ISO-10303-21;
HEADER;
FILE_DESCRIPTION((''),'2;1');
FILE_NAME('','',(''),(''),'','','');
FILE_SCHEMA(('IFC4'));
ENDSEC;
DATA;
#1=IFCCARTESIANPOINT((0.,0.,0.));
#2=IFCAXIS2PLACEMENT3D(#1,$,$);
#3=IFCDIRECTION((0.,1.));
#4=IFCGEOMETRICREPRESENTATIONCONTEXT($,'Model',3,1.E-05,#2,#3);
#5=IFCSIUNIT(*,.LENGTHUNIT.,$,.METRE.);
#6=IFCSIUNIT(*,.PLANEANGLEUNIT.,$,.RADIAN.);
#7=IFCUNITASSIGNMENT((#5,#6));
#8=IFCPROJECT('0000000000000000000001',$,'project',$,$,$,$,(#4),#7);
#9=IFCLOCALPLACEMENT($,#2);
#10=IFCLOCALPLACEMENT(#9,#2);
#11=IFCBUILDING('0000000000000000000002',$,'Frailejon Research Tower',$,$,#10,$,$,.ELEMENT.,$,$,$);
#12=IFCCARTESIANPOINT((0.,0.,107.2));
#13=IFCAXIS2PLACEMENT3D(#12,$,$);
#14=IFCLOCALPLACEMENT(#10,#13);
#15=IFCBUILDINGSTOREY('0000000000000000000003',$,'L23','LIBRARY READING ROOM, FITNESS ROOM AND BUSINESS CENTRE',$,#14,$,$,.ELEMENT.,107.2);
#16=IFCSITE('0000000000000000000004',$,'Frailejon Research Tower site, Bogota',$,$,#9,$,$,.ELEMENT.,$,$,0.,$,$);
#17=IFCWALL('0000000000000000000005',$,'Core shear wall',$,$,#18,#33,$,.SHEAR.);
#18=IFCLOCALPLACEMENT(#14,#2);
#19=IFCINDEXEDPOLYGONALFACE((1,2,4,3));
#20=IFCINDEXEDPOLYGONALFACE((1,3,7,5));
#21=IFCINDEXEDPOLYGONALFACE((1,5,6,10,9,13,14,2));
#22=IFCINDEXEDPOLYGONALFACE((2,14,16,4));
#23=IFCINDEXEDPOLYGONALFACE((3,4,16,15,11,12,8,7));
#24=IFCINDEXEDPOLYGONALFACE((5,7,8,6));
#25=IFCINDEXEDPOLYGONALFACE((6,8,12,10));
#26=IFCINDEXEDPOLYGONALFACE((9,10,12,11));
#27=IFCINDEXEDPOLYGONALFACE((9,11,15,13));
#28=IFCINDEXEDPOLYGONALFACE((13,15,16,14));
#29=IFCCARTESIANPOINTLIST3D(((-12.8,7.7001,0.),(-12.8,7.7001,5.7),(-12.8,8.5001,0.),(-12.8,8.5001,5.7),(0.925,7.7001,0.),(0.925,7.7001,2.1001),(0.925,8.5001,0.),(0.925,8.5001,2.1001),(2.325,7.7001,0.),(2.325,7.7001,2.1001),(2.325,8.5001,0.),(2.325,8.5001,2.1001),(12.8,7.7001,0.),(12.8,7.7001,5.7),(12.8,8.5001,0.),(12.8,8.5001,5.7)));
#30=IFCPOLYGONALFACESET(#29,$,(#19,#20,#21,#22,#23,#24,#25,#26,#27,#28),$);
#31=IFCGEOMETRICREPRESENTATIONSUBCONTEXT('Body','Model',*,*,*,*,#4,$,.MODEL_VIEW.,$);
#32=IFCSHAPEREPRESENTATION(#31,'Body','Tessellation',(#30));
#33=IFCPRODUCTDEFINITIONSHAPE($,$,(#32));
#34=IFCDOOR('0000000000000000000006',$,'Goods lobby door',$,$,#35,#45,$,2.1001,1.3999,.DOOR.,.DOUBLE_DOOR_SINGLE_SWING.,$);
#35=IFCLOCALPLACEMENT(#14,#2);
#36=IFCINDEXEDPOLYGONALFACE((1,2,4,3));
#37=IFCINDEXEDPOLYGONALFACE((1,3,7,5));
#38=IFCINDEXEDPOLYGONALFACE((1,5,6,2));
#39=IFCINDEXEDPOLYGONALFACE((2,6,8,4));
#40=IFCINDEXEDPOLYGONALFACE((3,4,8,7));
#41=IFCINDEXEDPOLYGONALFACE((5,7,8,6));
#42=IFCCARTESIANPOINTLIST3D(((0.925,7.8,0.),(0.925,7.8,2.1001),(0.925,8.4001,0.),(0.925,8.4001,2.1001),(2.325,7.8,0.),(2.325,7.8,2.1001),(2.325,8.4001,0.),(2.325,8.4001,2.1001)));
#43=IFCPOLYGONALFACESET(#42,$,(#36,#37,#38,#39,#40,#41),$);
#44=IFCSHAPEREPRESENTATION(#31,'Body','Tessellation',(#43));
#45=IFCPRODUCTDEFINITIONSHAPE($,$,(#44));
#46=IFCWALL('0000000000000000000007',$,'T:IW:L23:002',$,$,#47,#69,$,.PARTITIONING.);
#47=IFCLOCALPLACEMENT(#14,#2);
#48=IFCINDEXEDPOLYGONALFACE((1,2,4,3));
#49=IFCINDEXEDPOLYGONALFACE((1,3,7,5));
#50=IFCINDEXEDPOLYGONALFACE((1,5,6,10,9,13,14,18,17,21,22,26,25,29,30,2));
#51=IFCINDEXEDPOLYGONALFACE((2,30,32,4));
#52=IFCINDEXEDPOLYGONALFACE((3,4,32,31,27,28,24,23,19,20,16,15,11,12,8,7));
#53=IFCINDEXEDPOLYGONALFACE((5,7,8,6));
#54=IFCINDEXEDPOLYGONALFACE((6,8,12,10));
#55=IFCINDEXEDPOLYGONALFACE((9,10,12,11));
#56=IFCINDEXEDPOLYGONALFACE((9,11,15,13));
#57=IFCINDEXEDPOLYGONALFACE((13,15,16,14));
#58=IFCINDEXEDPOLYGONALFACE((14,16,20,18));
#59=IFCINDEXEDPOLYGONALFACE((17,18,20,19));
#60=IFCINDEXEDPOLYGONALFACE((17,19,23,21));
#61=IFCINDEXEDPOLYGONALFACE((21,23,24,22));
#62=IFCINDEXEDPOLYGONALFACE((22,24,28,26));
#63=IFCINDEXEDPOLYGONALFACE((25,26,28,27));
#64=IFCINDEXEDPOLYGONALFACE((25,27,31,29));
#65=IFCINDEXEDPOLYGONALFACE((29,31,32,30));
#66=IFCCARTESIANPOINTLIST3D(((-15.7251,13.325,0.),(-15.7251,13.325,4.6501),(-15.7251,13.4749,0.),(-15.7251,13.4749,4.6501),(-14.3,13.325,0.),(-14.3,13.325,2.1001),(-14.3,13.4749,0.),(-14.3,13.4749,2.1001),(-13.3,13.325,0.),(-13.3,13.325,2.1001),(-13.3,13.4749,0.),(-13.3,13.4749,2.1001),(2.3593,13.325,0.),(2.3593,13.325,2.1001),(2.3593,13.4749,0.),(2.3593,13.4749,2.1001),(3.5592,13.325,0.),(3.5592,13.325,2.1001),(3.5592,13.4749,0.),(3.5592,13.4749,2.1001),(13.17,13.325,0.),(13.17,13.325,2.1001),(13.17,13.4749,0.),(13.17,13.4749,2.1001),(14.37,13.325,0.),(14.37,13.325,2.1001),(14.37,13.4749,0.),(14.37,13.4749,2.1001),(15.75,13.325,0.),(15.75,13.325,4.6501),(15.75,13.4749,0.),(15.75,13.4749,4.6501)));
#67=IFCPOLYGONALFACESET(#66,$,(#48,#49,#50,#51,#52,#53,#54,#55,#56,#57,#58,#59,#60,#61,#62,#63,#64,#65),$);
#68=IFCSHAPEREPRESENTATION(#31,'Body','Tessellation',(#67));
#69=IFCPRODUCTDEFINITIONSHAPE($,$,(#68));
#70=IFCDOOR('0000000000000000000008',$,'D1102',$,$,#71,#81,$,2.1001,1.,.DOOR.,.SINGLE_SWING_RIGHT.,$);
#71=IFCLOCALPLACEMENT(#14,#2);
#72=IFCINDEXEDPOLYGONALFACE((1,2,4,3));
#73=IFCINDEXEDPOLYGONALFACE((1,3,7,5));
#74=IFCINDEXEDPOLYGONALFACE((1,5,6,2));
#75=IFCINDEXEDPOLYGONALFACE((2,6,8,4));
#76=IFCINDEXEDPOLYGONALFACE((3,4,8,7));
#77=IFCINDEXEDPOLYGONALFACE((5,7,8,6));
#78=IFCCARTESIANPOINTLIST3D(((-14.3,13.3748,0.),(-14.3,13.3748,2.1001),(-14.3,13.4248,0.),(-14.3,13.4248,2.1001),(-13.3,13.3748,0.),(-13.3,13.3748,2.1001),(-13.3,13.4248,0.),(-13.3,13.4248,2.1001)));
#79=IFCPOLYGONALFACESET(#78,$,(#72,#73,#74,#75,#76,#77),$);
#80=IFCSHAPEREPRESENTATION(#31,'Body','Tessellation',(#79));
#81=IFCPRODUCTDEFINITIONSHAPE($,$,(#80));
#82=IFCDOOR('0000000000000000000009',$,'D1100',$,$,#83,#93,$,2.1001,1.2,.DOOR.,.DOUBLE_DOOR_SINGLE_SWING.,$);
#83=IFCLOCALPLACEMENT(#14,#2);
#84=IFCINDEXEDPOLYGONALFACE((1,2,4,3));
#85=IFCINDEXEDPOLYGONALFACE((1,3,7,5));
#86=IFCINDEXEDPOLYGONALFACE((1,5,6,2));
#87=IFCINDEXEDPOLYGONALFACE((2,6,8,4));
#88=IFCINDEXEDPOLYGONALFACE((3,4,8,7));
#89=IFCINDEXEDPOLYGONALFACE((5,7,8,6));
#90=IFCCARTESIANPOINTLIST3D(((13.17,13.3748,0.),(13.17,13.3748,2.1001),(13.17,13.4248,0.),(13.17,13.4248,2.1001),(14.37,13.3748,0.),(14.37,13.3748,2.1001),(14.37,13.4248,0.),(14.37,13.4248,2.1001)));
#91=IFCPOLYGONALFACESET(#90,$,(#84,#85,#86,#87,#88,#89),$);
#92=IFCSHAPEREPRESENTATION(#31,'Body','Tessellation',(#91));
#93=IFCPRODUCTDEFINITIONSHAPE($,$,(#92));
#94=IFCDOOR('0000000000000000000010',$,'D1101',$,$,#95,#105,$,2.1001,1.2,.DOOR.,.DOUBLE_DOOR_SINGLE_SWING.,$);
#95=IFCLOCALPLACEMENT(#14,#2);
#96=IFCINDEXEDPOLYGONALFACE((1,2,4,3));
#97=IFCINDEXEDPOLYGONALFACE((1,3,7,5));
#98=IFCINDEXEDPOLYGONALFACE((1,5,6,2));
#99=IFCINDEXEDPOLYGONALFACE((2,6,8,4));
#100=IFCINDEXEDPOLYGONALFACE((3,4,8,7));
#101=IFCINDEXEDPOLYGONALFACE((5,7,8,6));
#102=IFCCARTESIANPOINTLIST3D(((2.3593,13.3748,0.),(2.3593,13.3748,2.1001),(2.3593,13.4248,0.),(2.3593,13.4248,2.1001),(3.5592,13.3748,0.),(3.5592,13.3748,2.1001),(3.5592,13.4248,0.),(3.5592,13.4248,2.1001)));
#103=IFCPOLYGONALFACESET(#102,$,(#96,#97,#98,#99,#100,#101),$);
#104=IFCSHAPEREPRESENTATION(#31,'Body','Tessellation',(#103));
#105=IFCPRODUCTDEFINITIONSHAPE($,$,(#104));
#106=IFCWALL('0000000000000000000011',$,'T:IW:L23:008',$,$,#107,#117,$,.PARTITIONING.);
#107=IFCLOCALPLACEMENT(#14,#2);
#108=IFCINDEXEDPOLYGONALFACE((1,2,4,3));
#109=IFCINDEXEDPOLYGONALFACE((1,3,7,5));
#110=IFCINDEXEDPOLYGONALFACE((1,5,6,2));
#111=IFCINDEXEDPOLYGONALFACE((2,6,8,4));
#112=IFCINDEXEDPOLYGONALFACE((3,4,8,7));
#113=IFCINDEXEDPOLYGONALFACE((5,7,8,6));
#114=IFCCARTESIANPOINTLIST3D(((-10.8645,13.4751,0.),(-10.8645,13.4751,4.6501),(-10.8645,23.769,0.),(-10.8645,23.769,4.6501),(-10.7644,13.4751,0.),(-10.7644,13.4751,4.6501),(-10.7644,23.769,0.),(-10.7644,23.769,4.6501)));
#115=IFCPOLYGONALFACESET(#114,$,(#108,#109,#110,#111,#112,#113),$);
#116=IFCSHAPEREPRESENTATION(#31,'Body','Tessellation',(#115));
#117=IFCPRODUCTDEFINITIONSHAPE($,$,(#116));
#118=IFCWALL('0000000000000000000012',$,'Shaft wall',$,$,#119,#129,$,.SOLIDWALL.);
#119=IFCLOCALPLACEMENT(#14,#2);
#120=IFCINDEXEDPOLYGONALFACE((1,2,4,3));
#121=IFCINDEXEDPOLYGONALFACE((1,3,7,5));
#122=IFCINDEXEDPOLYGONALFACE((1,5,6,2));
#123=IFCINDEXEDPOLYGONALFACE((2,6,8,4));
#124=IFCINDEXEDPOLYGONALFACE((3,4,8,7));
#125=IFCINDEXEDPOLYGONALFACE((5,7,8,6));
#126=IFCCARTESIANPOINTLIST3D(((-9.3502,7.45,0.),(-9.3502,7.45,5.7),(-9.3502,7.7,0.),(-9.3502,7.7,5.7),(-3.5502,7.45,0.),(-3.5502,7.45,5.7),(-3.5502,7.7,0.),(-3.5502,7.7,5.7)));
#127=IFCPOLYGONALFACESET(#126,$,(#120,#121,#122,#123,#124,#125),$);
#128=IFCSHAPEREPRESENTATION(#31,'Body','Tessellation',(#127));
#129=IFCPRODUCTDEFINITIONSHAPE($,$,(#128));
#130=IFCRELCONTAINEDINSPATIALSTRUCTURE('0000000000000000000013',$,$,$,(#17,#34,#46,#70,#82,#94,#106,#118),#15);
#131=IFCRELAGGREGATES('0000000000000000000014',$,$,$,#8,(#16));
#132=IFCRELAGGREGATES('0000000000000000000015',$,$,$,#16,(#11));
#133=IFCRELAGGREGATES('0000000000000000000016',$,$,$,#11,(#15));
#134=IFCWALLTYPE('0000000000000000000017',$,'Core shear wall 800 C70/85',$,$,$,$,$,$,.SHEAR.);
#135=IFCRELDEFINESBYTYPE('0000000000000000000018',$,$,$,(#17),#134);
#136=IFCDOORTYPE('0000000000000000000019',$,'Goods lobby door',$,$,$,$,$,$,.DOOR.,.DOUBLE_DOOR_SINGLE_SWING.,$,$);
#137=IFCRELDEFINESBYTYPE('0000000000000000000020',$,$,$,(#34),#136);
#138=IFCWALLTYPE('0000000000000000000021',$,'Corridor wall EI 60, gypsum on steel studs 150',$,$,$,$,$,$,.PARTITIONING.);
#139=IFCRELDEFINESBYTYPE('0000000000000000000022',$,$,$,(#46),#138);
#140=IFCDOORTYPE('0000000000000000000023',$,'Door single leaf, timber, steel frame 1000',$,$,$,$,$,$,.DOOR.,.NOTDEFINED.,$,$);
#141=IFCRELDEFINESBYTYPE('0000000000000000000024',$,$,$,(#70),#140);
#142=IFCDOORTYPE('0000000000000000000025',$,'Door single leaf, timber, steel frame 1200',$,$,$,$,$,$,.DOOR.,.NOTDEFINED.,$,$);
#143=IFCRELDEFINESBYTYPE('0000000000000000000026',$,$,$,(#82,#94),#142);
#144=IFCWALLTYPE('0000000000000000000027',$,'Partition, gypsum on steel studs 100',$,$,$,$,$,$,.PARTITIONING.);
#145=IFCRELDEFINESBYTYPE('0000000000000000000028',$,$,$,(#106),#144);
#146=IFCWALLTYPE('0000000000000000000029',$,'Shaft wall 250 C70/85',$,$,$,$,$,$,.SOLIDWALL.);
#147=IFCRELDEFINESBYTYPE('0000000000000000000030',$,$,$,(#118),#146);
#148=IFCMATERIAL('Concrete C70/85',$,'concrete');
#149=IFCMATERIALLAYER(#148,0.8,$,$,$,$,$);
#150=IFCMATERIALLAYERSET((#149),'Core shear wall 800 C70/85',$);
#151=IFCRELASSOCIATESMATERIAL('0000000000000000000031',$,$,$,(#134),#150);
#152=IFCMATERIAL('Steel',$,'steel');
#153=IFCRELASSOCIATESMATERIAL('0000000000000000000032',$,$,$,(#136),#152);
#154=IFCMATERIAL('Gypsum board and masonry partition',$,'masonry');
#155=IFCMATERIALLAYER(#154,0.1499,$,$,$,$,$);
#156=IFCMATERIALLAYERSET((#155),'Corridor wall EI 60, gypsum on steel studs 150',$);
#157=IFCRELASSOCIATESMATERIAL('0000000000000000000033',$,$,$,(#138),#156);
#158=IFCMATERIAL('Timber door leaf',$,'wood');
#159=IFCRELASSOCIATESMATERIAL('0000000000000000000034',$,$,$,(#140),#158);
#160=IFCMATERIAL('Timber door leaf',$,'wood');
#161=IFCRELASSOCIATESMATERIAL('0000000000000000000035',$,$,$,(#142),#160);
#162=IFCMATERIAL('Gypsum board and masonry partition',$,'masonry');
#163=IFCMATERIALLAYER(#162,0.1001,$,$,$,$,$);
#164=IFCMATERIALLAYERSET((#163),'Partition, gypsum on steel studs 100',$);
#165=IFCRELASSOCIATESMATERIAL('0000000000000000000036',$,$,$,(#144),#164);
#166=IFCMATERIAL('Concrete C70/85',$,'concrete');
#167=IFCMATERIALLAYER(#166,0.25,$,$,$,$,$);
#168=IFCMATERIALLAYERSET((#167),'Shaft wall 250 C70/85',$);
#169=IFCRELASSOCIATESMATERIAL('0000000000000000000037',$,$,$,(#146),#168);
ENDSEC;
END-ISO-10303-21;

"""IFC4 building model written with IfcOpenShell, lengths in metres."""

from ifc_helpers import new_model, si_unit, direction, frame, frame_2d, origin, place, context, subcontext, project, spatial, rectangle, extrude, material, layer, layer_set, type_object, element, fill, save


model = new_model("IFC4")

# Units and contexts
model_context = context("Model", 3, precision=1e-05, world=origin(), true_north=direction((0.0, 1.0)))
body_context = subcontext(model_context, "Body", "Model", "MODEL_VIEW")
ifc_project = project(units=[si_unit("LENGTHUNIT", "METRE"), si_unit("PLANEANGLEUNIT", "RADIAN")], contexts=[model_context])

# Site, building, storey
site_placement = place(None, origin())
site = spatial("IfcSite", under=ifc_project, at=site_placement, Name="Frailejon Research Tower site, Bogota", CompositionType="ELEMENT", RefElevation=0.0)
building_placement = place(site_placement, origin())
building = spatial("IfcBuilding", under=site, at=building_placement, Name="Frailejon Research Tower", CompositionType="ELEMENT")
storey_placement = place(building_placement, frame((0.0, 0.0, 107.2)))
storey = spatial("IfcBuildingStorey", under=building, at=storey_placement, Name="L23", Description="LIBRARY READING ROOM, FITNESS ROOM AND BUSINESS CENTRE", CompositionType="ELEMENT", Elevation=107.2)

# Shared definitions
ifc_material_1 = material(Name="Concrete C70/85", Category="concrete")
ifc_layer_1 = layer(ifc_material_1, 0.8)
ifc_layer_set_1 = layer_set([ifc_layer_1], Name="Core shear wall 800 C70/85")
wall_type_1 = type_object("IfcWallType", Name="Core shear wall 800 C70/85", PredefinedType="SHEAR", material=ifc_layer_set_1)
ifc_material_2 = material(Name="Steel", Category="steel")
door_type_1 = type_object("IfcDoorType", Name="Goods lobby door", OperationType="DOUBLE_DOOR_SINGLE_SWING", PredefinedType="DOOR", material=ifc_material_2)

# Wall, opening, door
wall_1_placement = place(storey_placement, frame((-12.8, 8.1001, 0.0), z_axis=(0.0, 0.0, 1.0), x_axis=(1.0, 0.0, 0.0)))
wall_1 = element("IfcWall", 1, at=wall_1_placement, inside=storey, type_object=wall_type_1, Name="Core shear wall", PredefinedType="SHEAR", context=body_context, shape_type="SweptSolid", body=[
    extrude(rectangle(XDim=25.6001, YDim=0.8, at=frame_2d((12.8, 0.0))), origin(), (0.0, 0.0, 1.0), 5.7),
])
opening_1_placement = place(wall_1_placement, frame((13.7251, 0.0, 0.0)))
opening_1 = element("IfcOpeningElement", 2, at=opening_1_placement, cuts=wall_1, PredefinedType="OPENING", context=body_context, shape_type="SweptSolid", body=[
    extrude(rectangle(XDim=1.3999, YDim=2.1001, at=frame_2d((0.7, 1.05))), frame((0.0, 0.4099, 0.0), z_axis=(0.0, -1.0, 0.0), x_axis=(1.0, 0.0, 0.0)), (0.0, 0.0, 1.0), 0.8201),
])
door_1_placement = place(opening_1_placement, origin())
door_1 = element("IfcDoor", 3, at=door_1_placement, inside=storey, type_object=door_type_1, Name="Goods lobby door", OperationType="DOUBLE_DOOR_SINGLE_SWING", OverallHeight=2.1001, OverallWidth=1.3999, PredefinedType="DOOR", context=body_context, shape_type="SweptSolid", body=[
    extrude(rectangle(XDim=1.3999, YDim=2.1001, at=frame_2d((0.7, 1.05))), frame((0.0, 0.3, 0.0), z_axis=(0.0, -1.0, 0.0), x_axis=(1.0, 0.0, 0.0)), (0.0, 0.0, 1.0), 0.6001),
])
fill(opening_1, door_1)

# Wall, openings, doors
ifc_material_3 = material(Name="Gypsum board and masonry partition", Category="masonry")
ifc_layer_2 = layer(ifc_material_3, 0.1499)
ifc_layer_set_2 = layer_set([ifc_layer_2], Name="Corridor wall EI 60, gypsum on steel studs 150")
wall_type_2 = type_object("IfcWallType", Name="Corridor wall EI 60, gypsum on steel studs 150", PredefinedType="PARTITIONING", material=ifc_layer_set_2)
wall_2_placement = place(storey_placement, frame((-15.7251, 13.3999, 0.0), z_axis=(0.0, 0.0, 1.0), x_axis=(1.0, 0.0, 0.0)))
wall_2 = element("IfcWall", 4, at=wall_2_placement, inside=storey, type_object=wall_type_2, Name="T:IW:L23:002", PredefinedType="PARTITIONING", context=body_context, shape_type="SweptSolid", body=[
    extrude(rectangle(XDim=31.4751, YDim=0.1499, at=frame_2d((15.7375, 0.0))), origin(), (0.0, 0.0, 1.0), 4.6501),
])
opening_2_placement = place(wall_2_placement, frame((28.895, 0.0, 0.0)))
opening_2 = element("IfcOpeningElement", 5, at=opening_2_placement, cuts=wall_2, PredefinedType="OPENING", context=body_context, shape_type="SweptSolid", body=[
    extrude(rectangle(XDim=1.2, YDim=2.1001, at=frame_2d((0.6001, 1.05))), frame((0.0, 0.085, 0.0), z_axis=(0.0, -1.0, 0.0), x_axis=(1.0, 0.0, 0.0)), (0.0, 0.0, 1.0), 0.1699),
])
opening_3_placement = place(wall_2_placement, frame((18.0842, 0.0, 0.0)))
opening_3 = element("IfcOpeningElement", 6, at=opening_3_placement, cuts=wall_2, PredefinedType="OPENING", context=body_context, shape_type="SweptSolid", body=[
    extrude(rectangle(XDim=1.2, YDim=2.1001, at=frame_2d((0.6001, 1.05))), frame((0.0, 0.085, 0.0), z_axis=(0.0, -1.0, 0.0), x_axis=(1.0, 0.0, 0.0)), (0.0, 0.0, 1.0), 0.1699),
])
opening_4_placement = place(wall_2_placement, frame((1.425, 0.0, 0.0)))
opening_4 = element("IfcOpeningElement", 7, at=opening_4_placement, cuts=wall_2, PredefinedType="OPENING", context=body_context, shape_type="SweptSolid", body=[
    extrude(rectangle(XDim=1.0, YDim=2.1001, at=frame_2d((0.5, 1.05))), frame((0.0, 0.085, 0.0), z_axis=(0.0, -1.0, 0.0), x_axis=(1.0, 0.0, 0.0)), (0.0, 0.0, 1.0), 0.1699),
])
ifc_material_4 = material(Name="Timber door leaf", Category="wood")
door_type_2 = type_object("IfcDoorType", Name="Door single leaf, timber, steel frame 1000", OperationType="NOTDEFINED", PredefinedType="DOOR", material=ifc_material_4)
door_2_placement = place(opening_4_placement, origin())
door_2 = element("IfcDoor", 8, at=door_2_placement, inside=storey, type_object=door_type_2, Name="D1102", OperationType="SINGLE_SWING_RIGHT", OverallHeight=2.1001, OverallWidth=1.0, PredefinedType="DOOR", context=body_context, shape_type="SweptSolid", body=[
    extrude(rectangle(XDim=1.0, YDim=2.1001, at=frame_2d((0.5, 1.05))), frame((0.0, 0.0249, 0.0), z_axis=(0.0, -1.0, 0.0), x_axis=(1.0, 0.0, 0.0)), (0.0, 0.0, 1.0), 0.05),
])
fill(opening_4, door_2)
ifc_material_5 = material(Name="Timber door leaf", Category="wood")
door_type_3 = type_object("IfcDoorType", Name="Door single leaf, timber, steel frame 1200", OperationType="NOTDEFINED", PredefinedType="DOOR", material=ifc_material_5)
door_3_placement = place(opening_2_placement, origin())
door_3 = element("IfcDoor", 9, at=door_3_placement, inside=storey, type_object=door_type_3, Name="D1100", OperationType="DOUBLE_DOOR_SINGLE_SWING", OverallHeight=2.1001, OverallWidth=1.2, PredefinedType="DOOR", context=body_context, shape_type="SweptSolid", body=[
    extrude(rectangle(XDim=1.2, YDim=2.1001, at=frame_2d((0.6001, 1.05))), frame((0.0, 0.0249, 0.0), z_axis=(0.0, -1.0, 0.0), x_axis=(1.0, 0.0, 0.0)), (0.0, 0.0, 1.0), 0.05),
])
fill(opening_2, door_3)
door_4_placement = place(opening_3_placement, origin())
door_4 = element("IfcDoor", 10, at=door_4_placement, inside=storey, type_object=door_type_3, Name="D1101", OperationType="DOUBLE_DOOR_SINGLE_SWING", OverallHeight=2.1001, OverallWidth=1.2, PredefinedType="DOOR", context=body_context, shape_type="SweptSolid", body=[
    extrude(rectangle(XDim=1.2, YDim=2.1001, at=frame_2d((0.6001, 1.05))), frame((0.0, 0.0249, 0.0), z_axis=(0.0, -1.0, 0.0), x_axis=(1.0, 0.0, 0.0)), (0.0, 0.0, 1.0), 0.05),
])
fill(opening_3, door_4)

# Walls
ifc_material_6 = material(Name="Gypsum board and masonry partition", Category="masonry")
ifc_layer_3 = layer(ifc_material_6, 0.1001)
ifc_layer_set_3 = layer_set([ifc_layer_3], Name="Partition, gypsum on steel studs 100")
wall_type_3 = type_object("IfcWallType", Name="Partition, gypsum on steel studs 100", PredefinedType="PARTITIONING", material=ifc_layer_set_3)
wall_3_placement = place(storey_placement, frame((-10.8145, 13.4751, 0.0), z_axis=(0.0, 0.0, 1.0), x_axis=(0.0, 1.0, 0.0)))
element("IfcWall", 11, at=wall_3_placement, inside=storey, type_object=wall_type_3, Name="T:IW:L23:008", PredefinedType="PARTITIONING", context=body_context, shape_type="SweptSolid", body=[
    extrude(rectangle(XDim=10.2939, YDim=0.1001, at=frame_2d((5.147, 0.0))), origin(), (0.0, 0.0, 1.0), 4.6501),
])
ifc_material_7 = material(Name="Concrete C70/85", Category="concrete")
ifc_layer_4 = layer(ifc_material_7, 0.25)
ifc_layer_set_4 = layer_set([ifc_layer_4], Name="Shaft wall 250 C70/85")
wall_type_4 = type_object("IfcWallType", Name="Shaft wall 250 C70/85", PredefinedType="SOLIDWALL", material=ifc_layer_set_4)
wall_4_placement = place(storey_placement, frame((-9.3501, 7.575, 0.0), z_axis=(0.0, 0.0, 1.0), x_axis=(1.0, 0.0, 0.0)))
element("IfcWall", 12, at=wall_4_placement, inside=storey, type_object=wall_type_4, Name="Shaft wall", PredefinedType="SOLIDWALL", context=body_context, shape_type="SweptSolid", body=[
    extrude(rectangle(XDim=5.8, YDim=0.25, at=frame_2d((2.8999, 0.0))), origin(), (0.0, 0.0, 1.0), 5.7),
])

save(model, "model.ifc")
